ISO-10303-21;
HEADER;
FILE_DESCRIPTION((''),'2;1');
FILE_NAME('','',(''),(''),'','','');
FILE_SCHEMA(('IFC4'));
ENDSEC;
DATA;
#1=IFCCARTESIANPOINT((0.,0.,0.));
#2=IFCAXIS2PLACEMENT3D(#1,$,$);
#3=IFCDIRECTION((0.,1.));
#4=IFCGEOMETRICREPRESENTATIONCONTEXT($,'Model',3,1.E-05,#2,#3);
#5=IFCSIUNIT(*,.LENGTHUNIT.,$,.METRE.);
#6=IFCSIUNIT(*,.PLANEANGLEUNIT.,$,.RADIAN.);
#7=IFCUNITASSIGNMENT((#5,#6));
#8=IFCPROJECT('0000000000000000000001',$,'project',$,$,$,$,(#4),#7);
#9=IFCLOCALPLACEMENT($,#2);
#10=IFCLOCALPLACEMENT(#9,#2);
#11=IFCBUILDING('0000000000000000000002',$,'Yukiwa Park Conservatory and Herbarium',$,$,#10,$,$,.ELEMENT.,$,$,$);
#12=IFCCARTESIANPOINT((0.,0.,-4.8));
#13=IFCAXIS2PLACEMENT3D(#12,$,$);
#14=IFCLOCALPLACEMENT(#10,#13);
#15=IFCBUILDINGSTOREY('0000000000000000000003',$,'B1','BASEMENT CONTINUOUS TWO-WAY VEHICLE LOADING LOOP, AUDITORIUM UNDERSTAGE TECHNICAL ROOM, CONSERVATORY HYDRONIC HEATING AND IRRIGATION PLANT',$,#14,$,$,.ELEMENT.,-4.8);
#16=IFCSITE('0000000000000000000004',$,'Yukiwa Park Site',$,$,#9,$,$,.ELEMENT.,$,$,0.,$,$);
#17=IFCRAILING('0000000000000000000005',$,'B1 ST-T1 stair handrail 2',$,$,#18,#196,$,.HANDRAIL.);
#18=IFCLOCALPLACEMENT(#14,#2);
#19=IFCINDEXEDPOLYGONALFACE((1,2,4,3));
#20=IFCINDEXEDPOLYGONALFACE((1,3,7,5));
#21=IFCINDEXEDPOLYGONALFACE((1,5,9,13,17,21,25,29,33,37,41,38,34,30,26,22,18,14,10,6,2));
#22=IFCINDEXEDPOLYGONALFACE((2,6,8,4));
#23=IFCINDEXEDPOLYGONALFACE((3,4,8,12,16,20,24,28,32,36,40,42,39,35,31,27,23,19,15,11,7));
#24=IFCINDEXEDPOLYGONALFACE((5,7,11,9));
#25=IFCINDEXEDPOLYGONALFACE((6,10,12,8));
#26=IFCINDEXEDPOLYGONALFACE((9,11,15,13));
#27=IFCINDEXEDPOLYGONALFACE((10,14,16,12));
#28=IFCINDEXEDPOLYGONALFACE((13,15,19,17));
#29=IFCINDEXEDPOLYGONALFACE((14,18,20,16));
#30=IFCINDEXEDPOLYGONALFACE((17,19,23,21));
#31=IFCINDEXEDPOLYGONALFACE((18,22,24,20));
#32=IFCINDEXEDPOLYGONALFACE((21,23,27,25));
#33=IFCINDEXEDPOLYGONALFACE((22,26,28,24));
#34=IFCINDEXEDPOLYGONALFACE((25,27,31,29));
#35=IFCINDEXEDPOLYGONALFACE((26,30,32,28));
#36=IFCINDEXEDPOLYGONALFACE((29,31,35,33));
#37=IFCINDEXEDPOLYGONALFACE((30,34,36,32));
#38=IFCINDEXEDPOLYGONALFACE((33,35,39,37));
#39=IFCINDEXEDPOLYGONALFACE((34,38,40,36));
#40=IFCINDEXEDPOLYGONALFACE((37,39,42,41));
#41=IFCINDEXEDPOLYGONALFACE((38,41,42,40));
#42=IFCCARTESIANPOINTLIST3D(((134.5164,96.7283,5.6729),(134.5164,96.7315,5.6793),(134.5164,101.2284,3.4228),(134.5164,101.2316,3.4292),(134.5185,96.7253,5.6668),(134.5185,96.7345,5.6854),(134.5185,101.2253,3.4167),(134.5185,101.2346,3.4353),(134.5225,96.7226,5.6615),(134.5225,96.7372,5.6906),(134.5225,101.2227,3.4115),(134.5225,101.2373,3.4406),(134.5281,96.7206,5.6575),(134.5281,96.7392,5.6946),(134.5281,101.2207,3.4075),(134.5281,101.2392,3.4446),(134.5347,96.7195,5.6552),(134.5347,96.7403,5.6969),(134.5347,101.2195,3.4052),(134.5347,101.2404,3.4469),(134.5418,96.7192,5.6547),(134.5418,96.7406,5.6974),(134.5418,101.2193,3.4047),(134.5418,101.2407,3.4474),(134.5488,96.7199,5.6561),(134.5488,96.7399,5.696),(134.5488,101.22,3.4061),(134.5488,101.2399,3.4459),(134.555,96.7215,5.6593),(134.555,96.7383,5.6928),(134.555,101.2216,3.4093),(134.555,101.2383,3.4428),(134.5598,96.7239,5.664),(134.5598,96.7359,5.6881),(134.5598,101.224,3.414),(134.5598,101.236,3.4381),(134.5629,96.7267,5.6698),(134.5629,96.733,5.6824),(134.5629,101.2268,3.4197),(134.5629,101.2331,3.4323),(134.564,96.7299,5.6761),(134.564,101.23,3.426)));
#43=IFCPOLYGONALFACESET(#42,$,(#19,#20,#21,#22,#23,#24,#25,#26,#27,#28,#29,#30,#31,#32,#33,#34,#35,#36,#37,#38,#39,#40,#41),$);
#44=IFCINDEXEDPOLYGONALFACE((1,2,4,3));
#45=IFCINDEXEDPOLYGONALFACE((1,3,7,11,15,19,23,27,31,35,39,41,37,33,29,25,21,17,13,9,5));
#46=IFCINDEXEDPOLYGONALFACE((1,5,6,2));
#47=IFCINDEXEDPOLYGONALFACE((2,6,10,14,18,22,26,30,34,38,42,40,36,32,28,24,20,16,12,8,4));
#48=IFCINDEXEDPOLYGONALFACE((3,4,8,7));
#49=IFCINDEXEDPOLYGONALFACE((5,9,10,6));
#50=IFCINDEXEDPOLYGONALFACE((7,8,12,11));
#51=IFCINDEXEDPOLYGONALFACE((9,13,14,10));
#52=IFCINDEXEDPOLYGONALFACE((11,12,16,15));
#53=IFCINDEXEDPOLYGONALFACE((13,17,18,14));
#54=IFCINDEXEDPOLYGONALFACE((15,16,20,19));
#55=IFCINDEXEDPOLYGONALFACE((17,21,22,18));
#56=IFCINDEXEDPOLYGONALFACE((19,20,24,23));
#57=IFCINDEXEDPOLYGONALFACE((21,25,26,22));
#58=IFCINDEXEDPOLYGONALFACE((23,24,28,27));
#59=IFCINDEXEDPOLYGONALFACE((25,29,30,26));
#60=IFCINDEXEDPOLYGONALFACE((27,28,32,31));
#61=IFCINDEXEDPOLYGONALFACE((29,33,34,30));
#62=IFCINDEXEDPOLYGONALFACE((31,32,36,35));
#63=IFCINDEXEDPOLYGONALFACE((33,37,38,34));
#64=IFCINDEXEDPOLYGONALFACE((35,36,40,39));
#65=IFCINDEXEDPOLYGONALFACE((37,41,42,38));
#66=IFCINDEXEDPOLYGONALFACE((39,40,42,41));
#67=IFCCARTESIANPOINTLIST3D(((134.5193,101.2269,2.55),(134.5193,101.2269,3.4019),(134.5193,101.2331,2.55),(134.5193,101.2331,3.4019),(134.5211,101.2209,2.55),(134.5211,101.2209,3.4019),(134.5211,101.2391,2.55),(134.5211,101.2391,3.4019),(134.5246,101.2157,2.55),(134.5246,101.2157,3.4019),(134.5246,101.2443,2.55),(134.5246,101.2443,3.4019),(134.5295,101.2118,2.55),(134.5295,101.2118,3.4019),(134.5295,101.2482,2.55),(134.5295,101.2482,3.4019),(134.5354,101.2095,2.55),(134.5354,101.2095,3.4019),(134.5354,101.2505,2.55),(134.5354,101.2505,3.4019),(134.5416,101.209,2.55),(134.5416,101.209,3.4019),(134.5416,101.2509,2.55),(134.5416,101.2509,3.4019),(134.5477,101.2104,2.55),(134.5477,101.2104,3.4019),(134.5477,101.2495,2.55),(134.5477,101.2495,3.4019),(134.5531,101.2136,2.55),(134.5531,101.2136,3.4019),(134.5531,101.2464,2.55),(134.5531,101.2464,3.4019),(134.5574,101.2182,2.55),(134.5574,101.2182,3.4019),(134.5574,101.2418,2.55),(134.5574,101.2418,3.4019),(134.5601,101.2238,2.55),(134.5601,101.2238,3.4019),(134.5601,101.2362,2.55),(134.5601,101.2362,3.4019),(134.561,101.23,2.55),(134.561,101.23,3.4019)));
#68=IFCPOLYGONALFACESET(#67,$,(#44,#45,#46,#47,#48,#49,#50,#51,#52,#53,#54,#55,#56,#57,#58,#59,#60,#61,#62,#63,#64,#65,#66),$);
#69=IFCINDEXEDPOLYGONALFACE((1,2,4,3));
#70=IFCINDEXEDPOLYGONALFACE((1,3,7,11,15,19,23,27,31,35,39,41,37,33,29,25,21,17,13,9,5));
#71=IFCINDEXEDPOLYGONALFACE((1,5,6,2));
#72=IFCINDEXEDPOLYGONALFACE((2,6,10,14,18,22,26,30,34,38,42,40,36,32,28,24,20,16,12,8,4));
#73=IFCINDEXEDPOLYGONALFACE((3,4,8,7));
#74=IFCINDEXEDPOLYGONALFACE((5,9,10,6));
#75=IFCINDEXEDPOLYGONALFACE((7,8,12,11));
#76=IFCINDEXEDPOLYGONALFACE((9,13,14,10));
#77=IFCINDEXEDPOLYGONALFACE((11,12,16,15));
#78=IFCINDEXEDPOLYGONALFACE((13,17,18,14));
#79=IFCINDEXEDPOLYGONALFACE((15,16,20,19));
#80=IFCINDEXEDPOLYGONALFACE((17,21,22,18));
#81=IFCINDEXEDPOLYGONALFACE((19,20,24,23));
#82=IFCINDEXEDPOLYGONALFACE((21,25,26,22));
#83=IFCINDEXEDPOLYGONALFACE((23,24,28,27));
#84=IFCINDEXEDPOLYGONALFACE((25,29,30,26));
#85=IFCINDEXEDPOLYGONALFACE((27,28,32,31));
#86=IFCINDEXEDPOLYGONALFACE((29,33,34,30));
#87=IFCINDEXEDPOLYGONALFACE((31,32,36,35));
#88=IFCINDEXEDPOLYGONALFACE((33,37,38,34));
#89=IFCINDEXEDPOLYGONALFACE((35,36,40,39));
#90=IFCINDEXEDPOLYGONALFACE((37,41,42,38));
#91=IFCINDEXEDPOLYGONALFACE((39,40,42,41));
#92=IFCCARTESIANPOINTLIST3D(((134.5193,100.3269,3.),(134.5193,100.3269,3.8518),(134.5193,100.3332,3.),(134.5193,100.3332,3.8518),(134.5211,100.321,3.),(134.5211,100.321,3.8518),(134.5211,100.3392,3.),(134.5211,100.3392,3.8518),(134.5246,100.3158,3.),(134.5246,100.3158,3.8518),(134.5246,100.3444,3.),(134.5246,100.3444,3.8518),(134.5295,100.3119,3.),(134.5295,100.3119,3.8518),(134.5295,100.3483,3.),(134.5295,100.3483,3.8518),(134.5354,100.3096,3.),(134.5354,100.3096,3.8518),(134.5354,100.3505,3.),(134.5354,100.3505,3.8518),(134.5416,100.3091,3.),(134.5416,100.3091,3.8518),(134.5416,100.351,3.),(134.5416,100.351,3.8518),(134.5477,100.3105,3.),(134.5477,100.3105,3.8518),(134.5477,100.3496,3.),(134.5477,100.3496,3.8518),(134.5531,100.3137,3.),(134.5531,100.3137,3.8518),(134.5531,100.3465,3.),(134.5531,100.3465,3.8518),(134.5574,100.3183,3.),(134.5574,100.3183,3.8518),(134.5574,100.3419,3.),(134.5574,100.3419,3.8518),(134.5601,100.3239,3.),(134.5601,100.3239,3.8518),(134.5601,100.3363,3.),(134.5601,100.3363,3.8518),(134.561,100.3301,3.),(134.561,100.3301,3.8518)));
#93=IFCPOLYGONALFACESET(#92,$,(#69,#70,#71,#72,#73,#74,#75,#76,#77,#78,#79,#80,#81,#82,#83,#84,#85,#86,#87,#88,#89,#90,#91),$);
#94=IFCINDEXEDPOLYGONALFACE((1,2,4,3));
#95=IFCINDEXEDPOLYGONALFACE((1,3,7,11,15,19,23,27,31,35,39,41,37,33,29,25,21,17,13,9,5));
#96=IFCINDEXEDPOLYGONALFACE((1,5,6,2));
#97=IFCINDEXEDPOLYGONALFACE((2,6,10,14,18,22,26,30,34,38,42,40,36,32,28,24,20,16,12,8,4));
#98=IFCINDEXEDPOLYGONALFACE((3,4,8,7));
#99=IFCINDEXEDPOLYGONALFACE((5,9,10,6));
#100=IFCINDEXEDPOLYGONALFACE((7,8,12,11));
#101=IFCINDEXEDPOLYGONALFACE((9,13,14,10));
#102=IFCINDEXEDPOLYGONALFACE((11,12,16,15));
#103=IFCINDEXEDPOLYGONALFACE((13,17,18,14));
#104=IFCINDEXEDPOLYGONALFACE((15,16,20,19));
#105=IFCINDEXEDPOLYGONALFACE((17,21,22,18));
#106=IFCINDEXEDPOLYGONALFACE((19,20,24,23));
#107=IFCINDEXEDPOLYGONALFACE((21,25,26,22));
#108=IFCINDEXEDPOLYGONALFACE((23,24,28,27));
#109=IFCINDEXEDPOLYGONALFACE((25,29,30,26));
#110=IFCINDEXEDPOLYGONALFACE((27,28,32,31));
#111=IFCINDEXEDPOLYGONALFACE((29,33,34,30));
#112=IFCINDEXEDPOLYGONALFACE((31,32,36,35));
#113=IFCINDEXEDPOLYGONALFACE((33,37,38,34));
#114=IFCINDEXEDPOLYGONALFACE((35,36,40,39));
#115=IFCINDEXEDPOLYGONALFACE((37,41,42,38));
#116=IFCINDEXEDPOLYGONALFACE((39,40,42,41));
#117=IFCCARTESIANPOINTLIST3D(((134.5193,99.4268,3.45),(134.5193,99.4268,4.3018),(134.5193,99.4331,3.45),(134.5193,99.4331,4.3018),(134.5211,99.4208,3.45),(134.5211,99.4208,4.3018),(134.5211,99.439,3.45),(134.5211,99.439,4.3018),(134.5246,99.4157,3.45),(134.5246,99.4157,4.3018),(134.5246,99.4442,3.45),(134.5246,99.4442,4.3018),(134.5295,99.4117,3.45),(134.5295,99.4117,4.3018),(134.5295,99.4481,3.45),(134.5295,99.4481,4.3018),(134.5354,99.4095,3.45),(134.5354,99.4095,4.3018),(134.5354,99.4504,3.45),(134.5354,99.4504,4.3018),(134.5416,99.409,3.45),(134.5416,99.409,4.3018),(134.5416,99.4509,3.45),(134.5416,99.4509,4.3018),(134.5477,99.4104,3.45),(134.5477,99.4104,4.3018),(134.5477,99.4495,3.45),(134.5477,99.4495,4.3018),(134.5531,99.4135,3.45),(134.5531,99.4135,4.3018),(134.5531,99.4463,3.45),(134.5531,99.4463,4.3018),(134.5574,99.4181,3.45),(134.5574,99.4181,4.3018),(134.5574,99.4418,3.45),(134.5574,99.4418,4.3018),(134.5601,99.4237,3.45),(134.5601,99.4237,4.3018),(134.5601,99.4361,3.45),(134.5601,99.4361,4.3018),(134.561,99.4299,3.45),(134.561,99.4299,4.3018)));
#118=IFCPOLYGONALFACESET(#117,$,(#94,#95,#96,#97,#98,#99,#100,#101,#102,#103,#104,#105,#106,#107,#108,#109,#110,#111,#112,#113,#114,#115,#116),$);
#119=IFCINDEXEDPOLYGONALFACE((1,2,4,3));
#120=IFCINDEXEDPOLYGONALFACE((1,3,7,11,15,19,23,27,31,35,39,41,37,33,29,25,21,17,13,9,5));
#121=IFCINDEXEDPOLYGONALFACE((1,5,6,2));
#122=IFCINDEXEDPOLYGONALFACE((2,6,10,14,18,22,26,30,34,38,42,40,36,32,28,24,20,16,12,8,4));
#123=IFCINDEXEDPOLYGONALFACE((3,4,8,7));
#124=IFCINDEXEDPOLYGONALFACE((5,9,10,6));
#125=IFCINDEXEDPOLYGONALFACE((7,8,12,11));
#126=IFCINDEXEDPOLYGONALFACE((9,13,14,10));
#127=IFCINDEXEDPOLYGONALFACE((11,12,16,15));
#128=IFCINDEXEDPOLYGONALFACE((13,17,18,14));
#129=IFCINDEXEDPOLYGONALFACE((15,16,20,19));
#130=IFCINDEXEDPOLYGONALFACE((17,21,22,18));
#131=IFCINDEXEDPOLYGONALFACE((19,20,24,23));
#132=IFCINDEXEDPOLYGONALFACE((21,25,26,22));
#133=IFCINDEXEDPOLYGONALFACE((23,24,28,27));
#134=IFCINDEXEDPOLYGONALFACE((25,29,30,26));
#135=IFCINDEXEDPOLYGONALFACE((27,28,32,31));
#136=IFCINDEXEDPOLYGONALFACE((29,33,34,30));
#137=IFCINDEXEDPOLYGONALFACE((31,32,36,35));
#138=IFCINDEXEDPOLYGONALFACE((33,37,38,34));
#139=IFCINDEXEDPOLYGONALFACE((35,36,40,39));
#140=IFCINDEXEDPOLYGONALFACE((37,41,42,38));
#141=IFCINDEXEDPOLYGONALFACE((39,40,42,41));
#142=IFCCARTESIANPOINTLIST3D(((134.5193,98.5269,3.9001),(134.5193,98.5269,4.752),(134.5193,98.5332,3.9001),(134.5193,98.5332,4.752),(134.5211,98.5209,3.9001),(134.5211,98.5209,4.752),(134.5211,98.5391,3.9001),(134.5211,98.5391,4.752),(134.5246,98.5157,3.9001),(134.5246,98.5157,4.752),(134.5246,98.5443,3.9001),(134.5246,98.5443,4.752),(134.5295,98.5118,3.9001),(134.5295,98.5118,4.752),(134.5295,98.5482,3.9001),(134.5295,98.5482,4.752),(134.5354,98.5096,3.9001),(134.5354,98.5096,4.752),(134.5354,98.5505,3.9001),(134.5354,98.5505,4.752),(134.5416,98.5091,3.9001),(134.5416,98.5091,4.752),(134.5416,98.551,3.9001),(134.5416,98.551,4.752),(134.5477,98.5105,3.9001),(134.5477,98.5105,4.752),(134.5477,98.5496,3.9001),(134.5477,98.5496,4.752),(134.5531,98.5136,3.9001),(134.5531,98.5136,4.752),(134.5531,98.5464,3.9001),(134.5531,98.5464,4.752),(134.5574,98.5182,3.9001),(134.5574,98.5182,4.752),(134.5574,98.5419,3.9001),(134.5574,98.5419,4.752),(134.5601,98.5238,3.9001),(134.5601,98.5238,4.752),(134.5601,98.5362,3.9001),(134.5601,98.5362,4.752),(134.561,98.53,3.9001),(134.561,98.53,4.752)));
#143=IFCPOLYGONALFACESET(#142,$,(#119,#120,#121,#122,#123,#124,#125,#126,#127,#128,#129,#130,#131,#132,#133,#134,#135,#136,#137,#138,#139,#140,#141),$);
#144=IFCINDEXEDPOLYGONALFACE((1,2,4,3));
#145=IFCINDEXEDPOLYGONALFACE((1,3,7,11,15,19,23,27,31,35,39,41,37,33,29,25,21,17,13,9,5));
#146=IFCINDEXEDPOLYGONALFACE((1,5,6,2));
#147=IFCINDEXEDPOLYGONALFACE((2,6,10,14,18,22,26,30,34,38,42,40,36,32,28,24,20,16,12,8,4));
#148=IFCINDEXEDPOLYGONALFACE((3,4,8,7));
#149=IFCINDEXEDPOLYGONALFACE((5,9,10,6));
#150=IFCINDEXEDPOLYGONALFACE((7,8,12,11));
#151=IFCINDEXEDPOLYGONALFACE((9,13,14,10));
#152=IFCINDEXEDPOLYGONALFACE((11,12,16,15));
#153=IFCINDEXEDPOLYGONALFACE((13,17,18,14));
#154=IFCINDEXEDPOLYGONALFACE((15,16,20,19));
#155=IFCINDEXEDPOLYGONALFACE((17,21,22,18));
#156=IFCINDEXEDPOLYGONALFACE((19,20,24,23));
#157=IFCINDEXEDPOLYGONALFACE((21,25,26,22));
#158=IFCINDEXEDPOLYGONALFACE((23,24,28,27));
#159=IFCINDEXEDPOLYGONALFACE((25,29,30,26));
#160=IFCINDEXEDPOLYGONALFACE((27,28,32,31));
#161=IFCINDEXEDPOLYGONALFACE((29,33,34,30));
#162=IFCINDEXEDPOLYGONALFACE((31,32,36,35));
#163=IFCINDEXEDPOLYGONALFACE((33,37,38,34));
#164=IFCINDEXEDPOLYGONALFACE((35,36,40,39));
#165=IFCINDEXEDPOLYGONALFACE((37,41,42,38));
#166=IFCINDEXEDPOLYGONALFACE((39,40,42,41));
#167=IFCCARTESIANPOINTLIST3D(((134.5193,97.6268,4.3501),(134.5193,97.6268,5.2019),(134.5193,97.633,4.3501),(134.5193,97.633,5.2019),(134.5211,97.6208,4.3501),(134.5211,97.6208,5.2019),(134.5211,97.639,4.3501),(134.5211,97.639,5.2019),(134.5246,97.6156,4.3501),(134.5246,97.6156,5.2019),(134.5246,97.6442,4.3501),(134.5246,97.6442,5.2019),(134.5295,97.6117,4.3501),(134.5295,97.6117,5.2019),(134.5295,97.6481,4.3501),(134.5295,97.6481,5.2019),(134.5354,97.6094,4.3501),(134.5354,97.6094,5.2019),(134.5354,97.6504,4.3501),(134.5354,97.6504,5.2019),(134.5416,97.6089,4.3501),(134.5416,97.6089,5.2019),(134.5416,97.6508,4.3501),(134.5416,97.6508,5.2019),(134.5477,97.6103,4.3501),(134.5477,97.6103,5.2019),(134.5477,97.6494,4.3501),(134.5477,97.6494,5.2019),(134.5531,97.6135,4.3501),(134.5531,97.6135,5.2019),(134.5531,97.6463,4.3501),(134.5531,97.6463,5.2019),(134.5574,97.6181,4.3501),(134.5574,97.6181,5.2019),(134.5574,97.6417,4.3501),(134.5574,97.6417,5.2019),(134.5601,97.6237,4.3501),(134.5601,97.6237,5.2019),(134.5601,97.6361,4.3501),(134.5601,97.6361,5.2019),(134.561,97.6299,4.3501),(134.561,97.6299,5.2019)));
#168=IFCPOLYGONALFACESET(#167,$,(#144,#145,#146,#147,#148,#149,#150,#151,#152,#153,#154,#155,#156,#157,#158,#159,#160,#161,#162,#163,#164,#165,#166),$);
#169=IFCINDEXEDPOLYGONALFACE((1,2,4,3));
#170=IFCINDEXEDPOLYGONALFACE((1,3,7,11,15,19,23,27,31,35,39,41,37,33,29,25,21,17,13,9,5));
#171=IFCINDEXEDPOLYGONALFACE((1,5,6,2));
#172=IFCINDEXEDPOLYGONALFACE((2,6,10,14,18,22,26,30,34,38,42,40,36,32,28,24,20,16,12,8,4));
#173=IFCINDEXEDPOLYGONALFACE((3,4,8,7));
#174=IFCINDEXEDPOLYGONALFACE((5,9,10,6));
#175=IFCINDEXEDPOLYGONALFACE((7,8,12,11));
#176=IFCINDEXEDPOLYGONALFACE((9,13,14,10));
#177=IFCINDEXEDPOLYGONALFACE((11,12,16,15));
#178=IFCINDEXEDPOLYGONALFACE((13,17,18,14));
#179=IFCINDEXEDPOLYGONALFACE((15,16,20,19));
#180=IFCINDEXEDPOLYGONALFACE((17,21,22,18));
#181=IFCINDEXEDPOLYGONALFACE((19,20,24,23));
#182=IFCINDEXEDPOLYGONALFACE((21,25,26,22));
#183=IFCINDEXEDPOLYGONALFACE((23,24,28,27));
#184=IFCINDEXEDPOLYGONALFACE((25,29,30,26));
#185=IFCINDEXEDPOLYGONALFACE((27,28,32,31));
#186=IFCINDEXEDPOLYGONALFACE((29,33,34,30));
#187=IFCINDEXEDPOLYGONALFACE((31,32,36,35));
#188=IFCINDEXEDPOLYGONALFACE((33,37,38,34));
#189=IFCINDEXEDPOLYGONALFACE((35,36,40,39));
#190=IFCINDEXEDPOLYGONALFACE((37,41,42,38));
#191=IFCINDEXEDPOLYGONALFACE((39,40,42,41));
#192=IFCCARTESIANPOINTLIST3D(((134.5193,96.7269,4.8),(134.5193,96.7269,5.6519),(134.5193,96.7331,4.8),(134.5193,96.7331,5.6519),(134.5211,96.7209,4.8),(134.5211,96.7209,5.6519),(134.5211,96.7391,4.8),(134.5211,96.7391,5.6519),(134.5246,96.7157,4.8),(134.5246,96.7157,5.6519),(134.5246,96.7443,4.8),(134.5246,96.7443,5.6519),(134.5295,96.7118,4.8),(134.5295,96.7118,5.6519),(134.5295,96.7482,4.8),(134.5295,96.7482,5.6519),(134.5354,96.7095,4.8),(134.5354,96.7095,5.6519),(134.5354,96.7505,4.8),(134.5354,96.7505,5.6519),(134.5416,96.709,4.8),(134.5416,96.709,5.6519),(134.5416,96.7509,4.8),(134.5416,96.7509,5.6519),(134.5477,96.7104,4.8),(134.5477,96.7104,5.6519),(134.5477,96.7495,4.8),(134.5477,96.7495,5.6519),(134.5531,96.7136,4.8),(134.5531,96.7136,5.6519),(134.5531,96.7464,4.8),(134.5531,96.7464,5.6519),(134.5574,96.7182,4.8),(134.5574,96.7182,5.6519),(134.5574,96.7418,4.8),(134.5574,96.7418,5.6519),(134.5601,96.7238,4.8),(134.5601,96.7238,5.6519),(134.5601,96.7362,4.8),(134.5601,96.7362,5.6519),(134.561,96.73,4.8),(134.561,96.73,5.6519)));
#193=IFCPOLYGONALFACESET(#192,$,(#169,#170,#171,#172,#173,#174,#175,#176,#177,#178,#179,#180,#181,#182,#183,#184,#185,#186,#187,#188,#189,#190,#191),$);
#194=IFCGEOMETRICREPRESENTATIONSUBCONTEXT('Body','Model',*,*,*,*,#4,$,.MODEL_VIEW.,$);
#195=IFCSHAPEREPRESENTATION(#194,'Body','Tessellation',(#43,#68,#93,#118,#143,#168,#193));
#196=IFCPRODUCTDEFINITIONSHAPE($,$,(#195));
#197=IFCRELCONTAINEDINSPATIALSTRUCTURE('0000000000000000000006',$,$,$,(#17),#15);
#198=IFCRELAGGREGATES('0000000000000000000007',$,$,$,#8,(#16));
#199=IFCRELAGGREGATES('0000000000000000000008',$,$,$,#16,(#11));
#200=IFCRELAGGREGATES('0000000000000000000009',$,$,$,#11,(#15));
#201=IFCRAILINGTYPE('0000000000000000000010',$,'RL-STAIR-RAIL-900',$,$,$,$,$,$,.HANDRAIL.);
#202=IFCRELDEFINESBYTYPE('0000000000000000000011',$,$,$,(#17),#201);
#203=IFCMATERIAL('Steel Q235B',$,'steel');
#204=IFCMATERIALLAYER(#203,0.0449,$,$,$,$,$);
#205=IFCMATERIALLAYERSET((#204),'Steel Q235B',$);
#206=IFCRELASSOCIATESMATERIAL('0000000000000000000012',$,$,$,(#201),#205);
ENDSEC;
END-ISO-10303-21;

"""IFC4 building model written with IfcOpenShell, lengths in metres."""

from ifc_helpers import new_model, si_unit, direction, frame, origin, origin_2d, place, context, subcontext, project, spatial, circle, extrude, material, layer, layer_set, type_object, element, save


model = new_model("IFC4")

# Units and contexts
model_context = context("Model", 3, precision=1e-05, world=origin(), true_north=direction((0.0, 1.0)))
body_context = subcontext(model_context, "Body", "Model", "MODEL_VIEW")
ifc_project = project(units=[si_unit("LENGTHUNIT", "METRE"), si_unit("PLANEANGLEUNIT", "RADIAN")], contexts=[model_context])

# Site, building, storey
site_placement = place(None, origin())
site = spatial("IfcSite", under=ifc_project, at=site_placement, Name="Yukiwa Park Site", CompositionType="ELEMENT", RefElevation=0.0)
building_placement = place(site_placement, origin())
building = spatial("IfcBuilding", under=site, at=building_placement, Name="Yukiwa Park Conservatory and Herbarium", CompositionType="ELEMENT")
storey_placement = place(building_placement, frame((0.0, 0.0, -4.8)))
storey = spatial("IfcBuildingStorey", under=building, at=storey_placement, Name="B1", Description="BASEMENT CONTINUOUS TWO-WAY VEHICLE LOADING LOOP, AUDITORIUM UNDERSTAGE TECHNICAL ROOM, CONSERVATORY HYDRONIC HEATING AND IRRIGATION PLANT", CompositionType="ELEMENT", Elevation=-4.8)

# Railing
ifc_material_1 = material(Name="Steel Q235B", Category="steel")
ifc_layer_1 = layer(ifc_material_1, 0.0449)
ifc_layer_set_1 = layer_set([ifc_layer_1], Name="Steel Q235B")
railing_type_1 = type_object("IfcRailingType", Name="RL-STAIR-RAIL-900", PredefinedType="HANDRAIL", material=ifc_layer_set_1)
for number, where, name in (
    (1, (134.54, 101.23, 2.55), "B1 ST-T1 stair handrail 2"),
):
    element("IfcRailing", number, at=place(storey_placement, frame(where)), inside=storey, type_object=railing_type_1, Name=name, PredefinedType="HANDRAIL", context=body_context, shape_type="SweptSolid", body=[
        extrude(circle(Radius=0.0239, at=origin_2d()), frame((0.0, 0.0, 0.876), z_axis=(0.0, -0.894427, 0.447214), x_axis=(1.0, 0.0, 0.0)), (0.0, 0.0, 1.0), 5.0312),
        extrude(circle(Radius=0.021, at=origin_2d()), origin(), (0.0, 0.0, 1.0), 0.8518),
        extrude(circle(Radius=0.021, at=origin_2d()), frame((0.0, -0.8999, 0.45)), (0.0, 0.0, 1.0), 0.8518),
        extrude(circle(Radius=0.021, at=origin_2d()), frame((0.0, -1.8, 0.8999)), (0.0, 0.0, 1.0), 0.8518),
        extrude(circle(Radius=0.021, at=origin_2d()), frame((0.0, -2.7, 1.3501)), (0.0, 0.0, 1.0), 0.8518),
        extrude(circle(Radius=0.021, at=origin_2d()), frame((0.0, -3.6001, 1.8)), (0.0, 0.0, 1.0), 0.8518),
        extrude(circle(Radius=0.021, at=origin_2d()), frame((0.0, -4.5, 2.25)), (0.0, 0.0, 1.0), 0.8518),
    ])

save(model, "model.ifc")
